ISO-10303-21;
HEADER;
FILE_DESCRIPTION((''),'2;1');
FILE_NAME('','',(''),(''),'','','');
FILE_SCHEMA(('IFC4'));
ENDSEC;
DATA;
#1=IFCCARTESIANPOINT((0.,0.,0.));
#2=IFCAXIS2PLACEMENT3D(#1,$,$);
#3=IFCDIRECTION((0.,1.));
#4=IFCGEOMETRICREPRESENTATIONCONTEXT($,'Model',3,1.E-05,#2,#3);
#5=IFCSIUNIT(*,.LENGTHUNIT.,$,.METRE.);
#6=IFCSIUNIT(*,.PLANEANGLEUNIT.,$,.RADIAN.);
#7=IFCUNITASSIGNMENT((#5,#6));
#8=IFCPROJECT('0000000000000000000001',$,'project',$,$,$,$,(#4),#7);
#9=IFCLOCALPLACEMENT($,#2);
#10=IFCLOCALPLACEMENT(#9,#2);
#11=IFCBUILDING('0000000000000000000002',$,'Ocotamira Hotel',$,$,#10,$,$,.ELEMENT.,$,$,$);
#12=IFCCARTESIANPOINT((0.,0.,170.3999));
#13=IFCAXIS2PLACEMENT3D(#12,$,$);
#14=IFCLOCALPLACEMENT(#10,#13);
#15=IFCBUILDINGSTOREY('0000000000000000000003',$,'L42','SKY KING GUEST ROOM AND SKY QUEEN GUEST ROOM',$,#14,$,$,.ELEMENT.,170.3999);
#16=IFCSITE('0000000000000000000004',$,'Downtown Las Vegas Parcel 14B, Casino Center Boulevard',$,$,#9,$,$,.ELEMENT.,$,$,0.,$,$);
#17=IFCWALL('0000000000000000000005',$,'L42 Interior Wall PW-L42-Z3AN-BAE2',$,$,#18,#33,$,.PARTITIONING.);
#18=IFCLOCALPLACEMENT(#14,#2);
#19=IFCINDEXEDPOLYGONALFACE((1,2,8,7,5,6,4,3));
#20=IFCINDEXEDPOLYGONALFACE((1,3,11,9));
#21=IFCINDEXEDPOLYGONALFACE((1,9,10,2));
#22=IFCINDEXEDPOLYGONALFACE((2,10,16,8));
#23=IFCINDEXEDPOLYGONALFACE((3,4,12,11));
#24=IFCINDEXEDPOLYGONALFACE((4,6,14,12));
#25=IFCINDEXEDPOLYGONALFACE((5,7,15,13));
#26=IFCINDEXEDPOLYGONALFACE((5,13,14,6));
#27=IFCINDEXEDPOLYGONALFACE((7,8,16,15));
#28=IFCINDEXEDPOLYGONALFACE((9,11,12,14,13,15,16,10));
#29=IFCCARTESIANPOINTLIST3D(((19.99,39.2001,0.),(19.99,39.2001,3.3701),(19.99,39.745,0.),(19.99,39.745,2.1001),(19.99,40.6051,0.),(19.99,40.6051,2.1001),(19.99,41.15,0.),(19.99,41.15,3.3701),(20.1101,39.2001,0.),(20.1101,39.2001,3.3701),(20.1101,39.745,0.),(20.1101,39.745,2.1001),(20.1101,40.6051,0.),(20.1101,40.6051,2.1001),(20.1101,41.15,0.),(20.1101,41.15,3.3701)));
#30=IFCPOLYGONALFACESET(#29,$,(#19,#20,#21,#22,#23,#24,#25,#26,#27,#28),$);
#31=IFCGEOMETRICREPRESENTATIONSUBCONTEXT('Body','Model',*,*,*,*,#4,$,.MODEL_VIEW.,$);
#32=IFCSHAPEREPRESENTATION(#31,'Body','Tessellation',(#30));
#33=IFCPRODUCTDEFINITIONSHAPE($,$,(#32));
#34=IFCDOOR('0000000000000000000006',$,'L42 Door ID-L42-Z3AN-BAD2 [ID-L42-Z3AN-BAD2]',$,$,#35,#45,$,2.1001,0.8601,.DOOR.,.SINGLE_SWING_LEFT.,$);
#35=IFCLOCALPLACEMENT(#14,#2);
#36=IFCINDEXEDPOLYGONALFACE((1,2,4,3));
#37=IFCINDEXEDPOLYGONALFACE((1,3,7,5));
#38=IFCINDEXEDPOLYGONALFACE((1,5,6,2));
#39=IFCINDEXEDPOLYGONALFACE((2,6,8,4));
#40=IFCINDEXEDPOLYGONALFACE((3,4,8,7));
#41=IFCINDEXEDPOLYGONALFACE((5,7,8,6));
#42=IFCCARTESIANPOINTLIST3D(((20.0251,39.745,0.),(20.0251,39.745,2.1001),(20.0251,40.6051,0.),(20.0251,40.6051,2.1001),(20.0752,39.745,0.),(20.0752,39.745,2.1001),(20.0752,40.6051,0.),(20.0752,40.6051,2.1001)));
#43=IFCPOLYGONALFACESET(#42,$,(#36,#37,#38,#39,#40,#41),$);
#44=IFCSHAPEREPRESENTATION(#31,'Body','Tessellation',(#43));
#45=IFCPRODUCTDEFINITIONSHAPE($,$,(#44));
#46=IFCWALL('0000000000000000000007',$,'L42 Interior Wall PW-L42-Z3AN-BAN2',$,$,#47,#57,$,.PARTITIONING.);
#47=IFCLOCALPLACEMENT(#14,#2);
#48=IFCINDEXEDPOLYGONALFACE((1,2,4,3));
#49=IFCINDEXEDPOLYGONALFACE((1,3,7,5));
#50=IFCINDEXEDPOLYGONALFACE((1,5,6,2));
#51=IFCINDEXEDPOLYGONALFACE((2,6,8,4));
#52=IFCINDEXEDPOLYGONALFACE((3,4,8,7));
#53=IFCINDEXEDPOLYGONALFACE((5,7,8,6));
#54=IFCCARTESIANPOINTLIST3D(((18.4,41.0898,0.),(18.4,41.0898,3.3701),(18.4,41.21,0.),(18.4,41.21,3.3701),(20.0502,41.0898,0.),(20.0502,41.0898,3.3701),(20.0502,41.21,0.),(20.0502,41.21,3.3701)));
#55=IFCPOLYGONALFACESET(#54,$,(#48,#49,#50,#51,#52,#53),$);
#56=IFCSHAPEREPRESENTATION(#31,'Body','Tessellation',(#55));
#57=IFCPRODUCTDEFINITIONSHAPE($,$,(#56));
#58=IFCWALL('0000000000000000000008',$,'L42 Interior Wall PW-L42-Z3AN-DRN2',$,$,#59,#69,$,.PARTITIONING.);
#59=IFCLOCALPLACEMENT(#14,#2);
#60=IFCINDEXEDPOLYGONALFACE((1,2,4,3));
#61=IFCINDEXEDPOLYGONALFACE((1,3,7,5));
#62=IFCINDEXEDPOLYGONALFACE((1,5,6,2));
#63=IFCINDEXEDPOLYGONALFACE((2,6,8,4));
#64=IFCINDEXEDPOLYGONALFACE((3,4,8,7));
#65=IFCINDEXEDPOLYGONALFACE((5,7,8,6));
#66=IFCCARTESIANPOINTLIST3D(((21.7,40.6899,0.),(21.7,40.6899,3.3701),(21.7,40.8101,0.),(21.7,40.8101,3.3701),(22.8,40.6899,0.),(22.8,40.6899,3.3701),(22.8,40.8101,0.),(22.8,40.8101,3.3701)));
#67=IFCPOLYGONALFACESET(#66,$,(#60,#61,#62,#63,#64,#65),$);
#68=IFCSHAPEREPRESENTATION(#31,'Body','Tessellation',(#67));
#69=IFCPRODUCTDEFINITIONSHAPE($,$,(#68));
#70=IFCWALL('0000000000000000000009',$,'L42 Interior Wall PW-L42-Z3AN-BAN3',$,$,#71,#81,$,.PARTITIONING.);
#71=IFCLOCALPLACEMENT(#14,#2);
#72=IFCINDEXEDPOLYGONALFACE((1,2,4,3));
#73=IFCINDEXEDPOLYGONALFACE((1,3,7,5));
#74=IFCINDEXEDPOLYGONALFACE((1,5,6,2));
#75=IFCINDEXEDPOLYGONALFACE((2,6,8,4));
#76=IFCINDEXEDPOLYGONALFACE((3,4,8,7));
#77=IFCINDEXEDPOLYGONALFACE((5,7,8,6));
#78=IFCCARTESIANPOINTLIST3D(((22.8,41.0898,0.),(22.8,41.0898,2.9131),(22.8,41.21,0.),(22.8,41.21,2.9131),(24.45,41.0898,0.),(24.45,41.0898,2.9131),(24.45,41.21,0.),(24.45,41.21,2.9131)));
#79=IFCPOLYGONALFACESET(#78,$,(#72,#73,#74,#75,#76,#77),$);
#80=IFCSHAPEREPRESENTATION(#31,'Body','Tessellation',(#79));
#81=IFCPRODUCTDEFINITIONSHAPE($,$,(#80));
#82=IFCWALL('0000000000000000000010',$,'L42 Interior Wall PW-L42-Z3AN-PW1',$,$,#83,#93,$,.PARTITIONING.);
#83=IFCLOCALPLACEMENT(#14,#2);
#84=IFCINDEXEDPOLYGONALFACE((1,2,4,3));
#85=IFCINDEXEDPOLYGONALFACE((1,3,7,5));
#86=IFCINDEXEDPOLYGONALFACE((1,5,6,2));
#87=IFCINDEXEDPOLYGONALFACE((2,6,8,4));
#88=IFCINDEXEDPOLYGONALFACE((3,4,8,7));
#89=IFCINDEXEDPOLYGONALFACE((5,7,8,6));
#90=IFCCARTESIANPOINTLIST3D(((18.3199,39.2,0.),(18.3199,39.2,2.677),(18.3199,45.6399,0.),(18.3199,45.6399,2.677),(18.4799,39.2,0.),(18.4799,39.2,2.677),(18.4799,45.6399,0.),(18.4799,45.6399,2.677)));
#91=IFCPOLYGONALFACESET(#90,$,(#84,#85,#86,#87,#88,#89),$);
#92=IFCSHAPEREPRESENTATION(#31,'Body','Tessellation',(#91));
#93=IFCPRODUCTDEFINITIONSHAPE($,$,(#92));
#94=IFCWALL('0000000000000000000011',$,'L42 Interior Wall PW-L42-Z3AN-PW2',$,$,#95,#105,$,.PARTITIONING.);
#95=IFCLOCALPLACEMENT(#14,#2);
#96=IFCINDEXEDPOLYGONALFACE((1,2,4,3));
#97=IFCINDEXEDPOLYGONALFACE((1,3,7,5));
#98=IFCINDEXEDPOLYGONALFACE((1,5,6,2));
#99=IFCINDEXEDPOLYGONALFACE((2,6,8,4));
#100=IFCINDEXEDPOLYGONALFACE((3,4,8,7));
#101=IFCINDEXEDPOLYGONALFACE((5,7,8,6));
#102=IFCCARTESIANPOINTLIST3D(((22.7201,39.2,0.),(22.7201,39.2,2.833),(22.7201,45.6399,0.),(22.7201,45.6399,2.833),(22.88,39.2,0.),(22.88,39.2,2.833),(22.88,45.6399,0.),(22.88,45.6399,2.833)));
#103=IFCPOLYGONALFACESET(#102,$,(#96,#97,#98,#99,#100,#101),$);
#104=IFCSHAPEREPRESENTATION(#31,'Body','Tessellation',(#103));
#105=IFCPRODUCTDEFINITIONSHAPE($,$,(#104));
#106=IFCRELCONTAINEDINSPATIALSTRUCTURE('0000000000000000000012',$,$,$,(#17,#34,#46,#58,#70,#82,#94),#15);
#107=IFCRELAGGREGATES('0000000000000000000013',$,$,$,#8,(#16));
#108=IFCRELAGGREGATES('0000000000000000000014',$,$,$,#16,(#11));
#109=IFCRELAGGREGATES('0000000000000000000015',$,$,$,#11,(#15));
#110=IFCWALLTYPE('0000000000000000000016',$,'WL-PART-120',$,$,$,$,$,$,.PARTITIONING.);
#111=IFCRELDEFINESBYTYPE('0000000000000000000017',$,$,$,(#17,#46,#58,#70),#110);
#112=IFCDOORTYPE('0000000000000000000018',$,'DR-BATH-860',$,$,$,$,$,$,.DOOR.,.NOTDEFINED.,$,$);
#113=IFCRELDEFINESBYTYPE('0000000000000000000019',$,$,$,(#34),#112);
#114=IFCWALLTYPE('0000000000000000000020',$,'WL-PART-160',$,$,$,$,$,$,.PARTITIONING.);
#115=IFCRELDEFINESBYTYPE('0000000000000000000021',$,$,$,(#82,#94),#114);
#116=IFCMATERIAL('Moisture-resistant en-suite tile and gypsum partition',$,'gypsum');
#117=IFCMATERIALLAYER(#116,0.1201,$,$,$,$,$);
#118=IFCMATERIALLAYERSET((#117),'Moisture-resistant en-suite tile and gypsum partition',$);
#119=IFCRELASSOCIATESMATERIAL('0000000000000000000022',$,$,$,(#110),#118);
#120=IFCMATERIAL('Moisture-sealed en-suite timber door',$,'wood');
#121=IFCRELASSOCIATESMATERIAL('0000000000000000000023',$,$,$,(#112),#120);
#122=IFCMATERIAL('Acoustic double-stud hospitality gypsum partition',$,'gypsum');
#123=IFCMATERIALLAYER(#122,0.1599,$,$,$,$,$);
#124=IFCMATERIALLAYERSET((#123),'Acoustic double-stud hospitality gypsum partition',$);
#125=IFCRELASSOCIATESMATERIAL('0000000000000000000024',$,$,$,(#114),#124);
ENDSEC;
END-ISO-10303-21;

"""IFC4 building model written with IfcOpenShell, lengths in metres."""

from ifc_helpers import new_model, si_unit, direction, frame, frame_2d, origin, place, context, subcontext, project, spatial, rectangle, extrude, source, transform, mapped, material, layer, layer_set, type_object, element, fill, save


model = new_model("IFC4")

# Units and contexts
model_context = context("Model", 3, precision=1e-05, world=origin(), true_north=direction((0.0, 1.0)))
body_context = subcontext(model_context, "Body", "Model", "MODEL_VIEW")
ifc_project = project(units=[si_unit("LENGTHUNIT", "METRE"), si_unit("PLANEANGLEUNIT", "RADIAN")], contexts=[model_context])

# Site, building, storey
site_placement = place(None, origin())
site = spatial("IfcSite", under=ifc_project, at=site_placement, Name="Downtown Las Vegas Parcel 14B, Casino Center Boulevard", CompositionType="ELEMENT", RefElevation=0.0)
building_placement = place(site_placement, origin())
building = spatial("IfcBuilding", under=site, at=building_placement, Name="Ocotamira Hotel", CompositionType="ELEMENT")
storey_placement = place(building_placement, frame((0.0, 0.0, 170.3999)))
storey = spatial("IfcBuildingStorey", under=building, at=storey_placement, Name="L42", Description="SKY KING GUEST ROOM AND SKY QUEEN GUEST ROOM", CompositionType="ELEMENT", Elevation=170.3999)

# Shared definitions
ifc_material_1 = material(Name="Moisture-resistant en-suite tile and gypsum partition", Category="gypsum")
ifc_layer_1 = layer(ifc_material_1, 0.1201)
ifc_layer_set_1 = layer_set([ifc_layer_1], Name="Moisture-resistant en-suite tile and gypsum partition")
wall_type_1 = type_object("IfcWallType", Name="WL-PART-120", PredefinedType="PARTITIONING", material=ifc_layer_set_1)

# Wall, opening, door
wall_1_placement = place(storey_placement, frame((20.05, 39.2, 0.0), z_axis=(0.0, 0.0, 1.0), x_axis=(0.0, 1.0, 0.0)))
wall_1 = element("IfcWall", 1, at=wall_1_placement, inside=storey, type_object=wall_type_1, Name="L42 Interior Wall PW-L42-Z3AN-BAE2", PredefinedType="PARTITIONING", context=body_context, shape_type="SweptSolid", body=[
    extrude(rectangle(XDim=1.95, YDim=0.1201, at=frame_2d((0.9751, 0.0))), origin(), (0.0, 0.0, 1.0), 3.3701),
])
opening_placement = place(wall_1_placement, frame((0.5449, 0.0, 0.0)))
opening = element("IfcOpeningElement", 2, at=opening_placement, cuts=wall_1, PredefinedType="OPENING", context=body_context, shape_type="SweptSolid", body=[
    extrude(rectangle(XDim=0.8601, YDim=2.1001, at=frame_2d((0.4302, 1.05))), frame((0.0, 0.0701, 0.0), z_axis=(0.0, -1.0, 0.0), x_axis=(1.0, 0.0, 0.0)), (0.0, 0.0, 1.0), 0.1401),
])
ifc_material_2 = material(Name="Moisture-sealed en-suite timber door", Category="wood")
door_type = type_object("IfcDoorType", Name="DR-BATH-860", OperationType="NOTDEFINED", PredefinedType="DOOR", material=ifc_material_2)
shared_shape_1 = source(origin(), body_context, "Body", "SweptSolid", [
    extrude(rectangle(XDim=0.8601, YDim=2.1001, at=frame_2d((0.4302, 1.05))), frame((0.0, 0.0249, 0.0), z_axis=(0.0, -1.0, 0.0), x_axis=(1.0, 0.0, 0.0)), (0.0, 0.0, 1.0), 0.05),
])
door_placement = place(opening_placement, origin())
door = element("IfcDoor", 3, at=door_placement, inside=storey, type_object=door_type, Name="L42 Door ID-L42-Z3AN-BAD2 [ID-L42-Z3AN-BAD2]", OperationType="SINGLE_SWING_LEFT", OverallHeight=2.1001, OverallWidth=0.8601, PredefinedType="DOOR", context=body_context, shape_type="MappedRepresentation", body=[
    mapped(shared_shape_1, transform((0.0, 0.0, 0.0), scale=1.0)),
])
fill(opening, door)

# Walls
wall_2_placement = place(storey_placement, frame((18.3999, 41.1499, 0.0), z_axis=(0.0, 0.0, 1.0), x_axis=(1.0, 0.0, 0.0)))
element("IfcWall", 4, at=wall_2_placement, inside=storey, type_object=wall_type_1, Name="L42 Interior Wall PW-L42-Z3AN-BAN2", PredefinedType="PARTITIONING", context=body_context, shape_type="SweptSolid", body=[
    extrude(rectangle(XDim=1.6501, YDim=0.1201, at=frame_2d((0.8252, 0.0))), origin(), (0.0, 0.0, 1.0), 3.3701),
])
wall_3_placement = place(storey_placement, frame((21.7, 40.75, 0.0), z_axis=(0.0, 0.0, 1.0), x_axis=(1.0, 0.0, 0.0)))
element("IfcWall", 5, at=wall_3_placement, inside=storey, type_object=wall_type_1, Name="L42 Interior Wall PW-L42-Z3AN-DRN2", PredefinedType="PARTITIONING", context=body_context, shape_type="SweptSolid", body=[
    extrude(rectangle(XDim=1.1001, YDim=0.1201, at=frame_2d((0.55, 0.0))), origin(), (0.0, 0.0, 1.0), 3.3701),
])
wall_4_placement = place(storey_placement, frame((22.8, 41.1499, 0.0), z_axis=(0.0, 0.0, 1.0), x_axis=(1.0, 0.0, 0.0)))
element("IfcWall", 6, at=wall_4_placement, inside=storey, type_object=wall_type_1, Name="L42 Interior Wall PW-L42-Z3AN-BAN3", PredefinedType="PARTITIONING", context=body_context, shape_type="SweptSolid", body=[
    extrude(rectangle(XDim=1.6499, YDim=0.1201, at=frame_2d((0.825, 0.0))), origin(), (0.0, 0.0, 1.0), 2.9131),
])
ifc_material_3 = material(Name="Acoustic double-stud hospitality gypsum partition", Category="gypsum")
ifc_layer_2 = layer(ifc_material_3, 0.1599)
ifc_layer_set_2 = layer_set([ifc_layer_2], Name="Acoustic double-stud hospitality gypsum partition")
wall_type_2 = type_object("IfcWallType", Name="WL-PART-160", PredefinedType="PARTITIONING", material=ifc_layer_set_2)
wall_5_placement = place(storey_placement, frame((18.3999, 39.2, 0.0), z_axis=(0.0, 0.0, 1.0), x_axis=(0.0, 1.0, 0.0)))
element("IfcWall", 7, at=wall_5_placement, inside=storey, type_object=wall_type_2, Name="L42 Interior Wall PW-L42-Z3AN-PW1", PredefinedType="PARTITIONING", context=body_context, shape_type="SweptSolid", body=[
    extrude(rectangle(XDim=6.4399, YDim=0.1599, at=frame_2d((3.22, 0.0))), origin(), (0.0, 0.0, 1.0), 2.677),
])
wall_6_placement = place(storey_placement, frame((22.8, 39.2, 0.0), z_axis=(0.0, 0.0, 1.0), x_axis=(0.0, 1.0, 0.0)))
element("IfcWall", 8, at=wall_6_placement, inside=storey, type_object=wall_type_2, Name="L42 Interior Wall PW-L42-Z3AN-PW2", PredefinedType="PARTITIONING", context=body_context, shape_type="SweptSolid", body=[
    extrude(rectangle(XDim=6.4399, YDim=0.1599, at=frame_2d((3.22, 0.0))), origin(), (0.0, 0.0, 1.0), 2.833),
])

save(model, "model.ifc")
